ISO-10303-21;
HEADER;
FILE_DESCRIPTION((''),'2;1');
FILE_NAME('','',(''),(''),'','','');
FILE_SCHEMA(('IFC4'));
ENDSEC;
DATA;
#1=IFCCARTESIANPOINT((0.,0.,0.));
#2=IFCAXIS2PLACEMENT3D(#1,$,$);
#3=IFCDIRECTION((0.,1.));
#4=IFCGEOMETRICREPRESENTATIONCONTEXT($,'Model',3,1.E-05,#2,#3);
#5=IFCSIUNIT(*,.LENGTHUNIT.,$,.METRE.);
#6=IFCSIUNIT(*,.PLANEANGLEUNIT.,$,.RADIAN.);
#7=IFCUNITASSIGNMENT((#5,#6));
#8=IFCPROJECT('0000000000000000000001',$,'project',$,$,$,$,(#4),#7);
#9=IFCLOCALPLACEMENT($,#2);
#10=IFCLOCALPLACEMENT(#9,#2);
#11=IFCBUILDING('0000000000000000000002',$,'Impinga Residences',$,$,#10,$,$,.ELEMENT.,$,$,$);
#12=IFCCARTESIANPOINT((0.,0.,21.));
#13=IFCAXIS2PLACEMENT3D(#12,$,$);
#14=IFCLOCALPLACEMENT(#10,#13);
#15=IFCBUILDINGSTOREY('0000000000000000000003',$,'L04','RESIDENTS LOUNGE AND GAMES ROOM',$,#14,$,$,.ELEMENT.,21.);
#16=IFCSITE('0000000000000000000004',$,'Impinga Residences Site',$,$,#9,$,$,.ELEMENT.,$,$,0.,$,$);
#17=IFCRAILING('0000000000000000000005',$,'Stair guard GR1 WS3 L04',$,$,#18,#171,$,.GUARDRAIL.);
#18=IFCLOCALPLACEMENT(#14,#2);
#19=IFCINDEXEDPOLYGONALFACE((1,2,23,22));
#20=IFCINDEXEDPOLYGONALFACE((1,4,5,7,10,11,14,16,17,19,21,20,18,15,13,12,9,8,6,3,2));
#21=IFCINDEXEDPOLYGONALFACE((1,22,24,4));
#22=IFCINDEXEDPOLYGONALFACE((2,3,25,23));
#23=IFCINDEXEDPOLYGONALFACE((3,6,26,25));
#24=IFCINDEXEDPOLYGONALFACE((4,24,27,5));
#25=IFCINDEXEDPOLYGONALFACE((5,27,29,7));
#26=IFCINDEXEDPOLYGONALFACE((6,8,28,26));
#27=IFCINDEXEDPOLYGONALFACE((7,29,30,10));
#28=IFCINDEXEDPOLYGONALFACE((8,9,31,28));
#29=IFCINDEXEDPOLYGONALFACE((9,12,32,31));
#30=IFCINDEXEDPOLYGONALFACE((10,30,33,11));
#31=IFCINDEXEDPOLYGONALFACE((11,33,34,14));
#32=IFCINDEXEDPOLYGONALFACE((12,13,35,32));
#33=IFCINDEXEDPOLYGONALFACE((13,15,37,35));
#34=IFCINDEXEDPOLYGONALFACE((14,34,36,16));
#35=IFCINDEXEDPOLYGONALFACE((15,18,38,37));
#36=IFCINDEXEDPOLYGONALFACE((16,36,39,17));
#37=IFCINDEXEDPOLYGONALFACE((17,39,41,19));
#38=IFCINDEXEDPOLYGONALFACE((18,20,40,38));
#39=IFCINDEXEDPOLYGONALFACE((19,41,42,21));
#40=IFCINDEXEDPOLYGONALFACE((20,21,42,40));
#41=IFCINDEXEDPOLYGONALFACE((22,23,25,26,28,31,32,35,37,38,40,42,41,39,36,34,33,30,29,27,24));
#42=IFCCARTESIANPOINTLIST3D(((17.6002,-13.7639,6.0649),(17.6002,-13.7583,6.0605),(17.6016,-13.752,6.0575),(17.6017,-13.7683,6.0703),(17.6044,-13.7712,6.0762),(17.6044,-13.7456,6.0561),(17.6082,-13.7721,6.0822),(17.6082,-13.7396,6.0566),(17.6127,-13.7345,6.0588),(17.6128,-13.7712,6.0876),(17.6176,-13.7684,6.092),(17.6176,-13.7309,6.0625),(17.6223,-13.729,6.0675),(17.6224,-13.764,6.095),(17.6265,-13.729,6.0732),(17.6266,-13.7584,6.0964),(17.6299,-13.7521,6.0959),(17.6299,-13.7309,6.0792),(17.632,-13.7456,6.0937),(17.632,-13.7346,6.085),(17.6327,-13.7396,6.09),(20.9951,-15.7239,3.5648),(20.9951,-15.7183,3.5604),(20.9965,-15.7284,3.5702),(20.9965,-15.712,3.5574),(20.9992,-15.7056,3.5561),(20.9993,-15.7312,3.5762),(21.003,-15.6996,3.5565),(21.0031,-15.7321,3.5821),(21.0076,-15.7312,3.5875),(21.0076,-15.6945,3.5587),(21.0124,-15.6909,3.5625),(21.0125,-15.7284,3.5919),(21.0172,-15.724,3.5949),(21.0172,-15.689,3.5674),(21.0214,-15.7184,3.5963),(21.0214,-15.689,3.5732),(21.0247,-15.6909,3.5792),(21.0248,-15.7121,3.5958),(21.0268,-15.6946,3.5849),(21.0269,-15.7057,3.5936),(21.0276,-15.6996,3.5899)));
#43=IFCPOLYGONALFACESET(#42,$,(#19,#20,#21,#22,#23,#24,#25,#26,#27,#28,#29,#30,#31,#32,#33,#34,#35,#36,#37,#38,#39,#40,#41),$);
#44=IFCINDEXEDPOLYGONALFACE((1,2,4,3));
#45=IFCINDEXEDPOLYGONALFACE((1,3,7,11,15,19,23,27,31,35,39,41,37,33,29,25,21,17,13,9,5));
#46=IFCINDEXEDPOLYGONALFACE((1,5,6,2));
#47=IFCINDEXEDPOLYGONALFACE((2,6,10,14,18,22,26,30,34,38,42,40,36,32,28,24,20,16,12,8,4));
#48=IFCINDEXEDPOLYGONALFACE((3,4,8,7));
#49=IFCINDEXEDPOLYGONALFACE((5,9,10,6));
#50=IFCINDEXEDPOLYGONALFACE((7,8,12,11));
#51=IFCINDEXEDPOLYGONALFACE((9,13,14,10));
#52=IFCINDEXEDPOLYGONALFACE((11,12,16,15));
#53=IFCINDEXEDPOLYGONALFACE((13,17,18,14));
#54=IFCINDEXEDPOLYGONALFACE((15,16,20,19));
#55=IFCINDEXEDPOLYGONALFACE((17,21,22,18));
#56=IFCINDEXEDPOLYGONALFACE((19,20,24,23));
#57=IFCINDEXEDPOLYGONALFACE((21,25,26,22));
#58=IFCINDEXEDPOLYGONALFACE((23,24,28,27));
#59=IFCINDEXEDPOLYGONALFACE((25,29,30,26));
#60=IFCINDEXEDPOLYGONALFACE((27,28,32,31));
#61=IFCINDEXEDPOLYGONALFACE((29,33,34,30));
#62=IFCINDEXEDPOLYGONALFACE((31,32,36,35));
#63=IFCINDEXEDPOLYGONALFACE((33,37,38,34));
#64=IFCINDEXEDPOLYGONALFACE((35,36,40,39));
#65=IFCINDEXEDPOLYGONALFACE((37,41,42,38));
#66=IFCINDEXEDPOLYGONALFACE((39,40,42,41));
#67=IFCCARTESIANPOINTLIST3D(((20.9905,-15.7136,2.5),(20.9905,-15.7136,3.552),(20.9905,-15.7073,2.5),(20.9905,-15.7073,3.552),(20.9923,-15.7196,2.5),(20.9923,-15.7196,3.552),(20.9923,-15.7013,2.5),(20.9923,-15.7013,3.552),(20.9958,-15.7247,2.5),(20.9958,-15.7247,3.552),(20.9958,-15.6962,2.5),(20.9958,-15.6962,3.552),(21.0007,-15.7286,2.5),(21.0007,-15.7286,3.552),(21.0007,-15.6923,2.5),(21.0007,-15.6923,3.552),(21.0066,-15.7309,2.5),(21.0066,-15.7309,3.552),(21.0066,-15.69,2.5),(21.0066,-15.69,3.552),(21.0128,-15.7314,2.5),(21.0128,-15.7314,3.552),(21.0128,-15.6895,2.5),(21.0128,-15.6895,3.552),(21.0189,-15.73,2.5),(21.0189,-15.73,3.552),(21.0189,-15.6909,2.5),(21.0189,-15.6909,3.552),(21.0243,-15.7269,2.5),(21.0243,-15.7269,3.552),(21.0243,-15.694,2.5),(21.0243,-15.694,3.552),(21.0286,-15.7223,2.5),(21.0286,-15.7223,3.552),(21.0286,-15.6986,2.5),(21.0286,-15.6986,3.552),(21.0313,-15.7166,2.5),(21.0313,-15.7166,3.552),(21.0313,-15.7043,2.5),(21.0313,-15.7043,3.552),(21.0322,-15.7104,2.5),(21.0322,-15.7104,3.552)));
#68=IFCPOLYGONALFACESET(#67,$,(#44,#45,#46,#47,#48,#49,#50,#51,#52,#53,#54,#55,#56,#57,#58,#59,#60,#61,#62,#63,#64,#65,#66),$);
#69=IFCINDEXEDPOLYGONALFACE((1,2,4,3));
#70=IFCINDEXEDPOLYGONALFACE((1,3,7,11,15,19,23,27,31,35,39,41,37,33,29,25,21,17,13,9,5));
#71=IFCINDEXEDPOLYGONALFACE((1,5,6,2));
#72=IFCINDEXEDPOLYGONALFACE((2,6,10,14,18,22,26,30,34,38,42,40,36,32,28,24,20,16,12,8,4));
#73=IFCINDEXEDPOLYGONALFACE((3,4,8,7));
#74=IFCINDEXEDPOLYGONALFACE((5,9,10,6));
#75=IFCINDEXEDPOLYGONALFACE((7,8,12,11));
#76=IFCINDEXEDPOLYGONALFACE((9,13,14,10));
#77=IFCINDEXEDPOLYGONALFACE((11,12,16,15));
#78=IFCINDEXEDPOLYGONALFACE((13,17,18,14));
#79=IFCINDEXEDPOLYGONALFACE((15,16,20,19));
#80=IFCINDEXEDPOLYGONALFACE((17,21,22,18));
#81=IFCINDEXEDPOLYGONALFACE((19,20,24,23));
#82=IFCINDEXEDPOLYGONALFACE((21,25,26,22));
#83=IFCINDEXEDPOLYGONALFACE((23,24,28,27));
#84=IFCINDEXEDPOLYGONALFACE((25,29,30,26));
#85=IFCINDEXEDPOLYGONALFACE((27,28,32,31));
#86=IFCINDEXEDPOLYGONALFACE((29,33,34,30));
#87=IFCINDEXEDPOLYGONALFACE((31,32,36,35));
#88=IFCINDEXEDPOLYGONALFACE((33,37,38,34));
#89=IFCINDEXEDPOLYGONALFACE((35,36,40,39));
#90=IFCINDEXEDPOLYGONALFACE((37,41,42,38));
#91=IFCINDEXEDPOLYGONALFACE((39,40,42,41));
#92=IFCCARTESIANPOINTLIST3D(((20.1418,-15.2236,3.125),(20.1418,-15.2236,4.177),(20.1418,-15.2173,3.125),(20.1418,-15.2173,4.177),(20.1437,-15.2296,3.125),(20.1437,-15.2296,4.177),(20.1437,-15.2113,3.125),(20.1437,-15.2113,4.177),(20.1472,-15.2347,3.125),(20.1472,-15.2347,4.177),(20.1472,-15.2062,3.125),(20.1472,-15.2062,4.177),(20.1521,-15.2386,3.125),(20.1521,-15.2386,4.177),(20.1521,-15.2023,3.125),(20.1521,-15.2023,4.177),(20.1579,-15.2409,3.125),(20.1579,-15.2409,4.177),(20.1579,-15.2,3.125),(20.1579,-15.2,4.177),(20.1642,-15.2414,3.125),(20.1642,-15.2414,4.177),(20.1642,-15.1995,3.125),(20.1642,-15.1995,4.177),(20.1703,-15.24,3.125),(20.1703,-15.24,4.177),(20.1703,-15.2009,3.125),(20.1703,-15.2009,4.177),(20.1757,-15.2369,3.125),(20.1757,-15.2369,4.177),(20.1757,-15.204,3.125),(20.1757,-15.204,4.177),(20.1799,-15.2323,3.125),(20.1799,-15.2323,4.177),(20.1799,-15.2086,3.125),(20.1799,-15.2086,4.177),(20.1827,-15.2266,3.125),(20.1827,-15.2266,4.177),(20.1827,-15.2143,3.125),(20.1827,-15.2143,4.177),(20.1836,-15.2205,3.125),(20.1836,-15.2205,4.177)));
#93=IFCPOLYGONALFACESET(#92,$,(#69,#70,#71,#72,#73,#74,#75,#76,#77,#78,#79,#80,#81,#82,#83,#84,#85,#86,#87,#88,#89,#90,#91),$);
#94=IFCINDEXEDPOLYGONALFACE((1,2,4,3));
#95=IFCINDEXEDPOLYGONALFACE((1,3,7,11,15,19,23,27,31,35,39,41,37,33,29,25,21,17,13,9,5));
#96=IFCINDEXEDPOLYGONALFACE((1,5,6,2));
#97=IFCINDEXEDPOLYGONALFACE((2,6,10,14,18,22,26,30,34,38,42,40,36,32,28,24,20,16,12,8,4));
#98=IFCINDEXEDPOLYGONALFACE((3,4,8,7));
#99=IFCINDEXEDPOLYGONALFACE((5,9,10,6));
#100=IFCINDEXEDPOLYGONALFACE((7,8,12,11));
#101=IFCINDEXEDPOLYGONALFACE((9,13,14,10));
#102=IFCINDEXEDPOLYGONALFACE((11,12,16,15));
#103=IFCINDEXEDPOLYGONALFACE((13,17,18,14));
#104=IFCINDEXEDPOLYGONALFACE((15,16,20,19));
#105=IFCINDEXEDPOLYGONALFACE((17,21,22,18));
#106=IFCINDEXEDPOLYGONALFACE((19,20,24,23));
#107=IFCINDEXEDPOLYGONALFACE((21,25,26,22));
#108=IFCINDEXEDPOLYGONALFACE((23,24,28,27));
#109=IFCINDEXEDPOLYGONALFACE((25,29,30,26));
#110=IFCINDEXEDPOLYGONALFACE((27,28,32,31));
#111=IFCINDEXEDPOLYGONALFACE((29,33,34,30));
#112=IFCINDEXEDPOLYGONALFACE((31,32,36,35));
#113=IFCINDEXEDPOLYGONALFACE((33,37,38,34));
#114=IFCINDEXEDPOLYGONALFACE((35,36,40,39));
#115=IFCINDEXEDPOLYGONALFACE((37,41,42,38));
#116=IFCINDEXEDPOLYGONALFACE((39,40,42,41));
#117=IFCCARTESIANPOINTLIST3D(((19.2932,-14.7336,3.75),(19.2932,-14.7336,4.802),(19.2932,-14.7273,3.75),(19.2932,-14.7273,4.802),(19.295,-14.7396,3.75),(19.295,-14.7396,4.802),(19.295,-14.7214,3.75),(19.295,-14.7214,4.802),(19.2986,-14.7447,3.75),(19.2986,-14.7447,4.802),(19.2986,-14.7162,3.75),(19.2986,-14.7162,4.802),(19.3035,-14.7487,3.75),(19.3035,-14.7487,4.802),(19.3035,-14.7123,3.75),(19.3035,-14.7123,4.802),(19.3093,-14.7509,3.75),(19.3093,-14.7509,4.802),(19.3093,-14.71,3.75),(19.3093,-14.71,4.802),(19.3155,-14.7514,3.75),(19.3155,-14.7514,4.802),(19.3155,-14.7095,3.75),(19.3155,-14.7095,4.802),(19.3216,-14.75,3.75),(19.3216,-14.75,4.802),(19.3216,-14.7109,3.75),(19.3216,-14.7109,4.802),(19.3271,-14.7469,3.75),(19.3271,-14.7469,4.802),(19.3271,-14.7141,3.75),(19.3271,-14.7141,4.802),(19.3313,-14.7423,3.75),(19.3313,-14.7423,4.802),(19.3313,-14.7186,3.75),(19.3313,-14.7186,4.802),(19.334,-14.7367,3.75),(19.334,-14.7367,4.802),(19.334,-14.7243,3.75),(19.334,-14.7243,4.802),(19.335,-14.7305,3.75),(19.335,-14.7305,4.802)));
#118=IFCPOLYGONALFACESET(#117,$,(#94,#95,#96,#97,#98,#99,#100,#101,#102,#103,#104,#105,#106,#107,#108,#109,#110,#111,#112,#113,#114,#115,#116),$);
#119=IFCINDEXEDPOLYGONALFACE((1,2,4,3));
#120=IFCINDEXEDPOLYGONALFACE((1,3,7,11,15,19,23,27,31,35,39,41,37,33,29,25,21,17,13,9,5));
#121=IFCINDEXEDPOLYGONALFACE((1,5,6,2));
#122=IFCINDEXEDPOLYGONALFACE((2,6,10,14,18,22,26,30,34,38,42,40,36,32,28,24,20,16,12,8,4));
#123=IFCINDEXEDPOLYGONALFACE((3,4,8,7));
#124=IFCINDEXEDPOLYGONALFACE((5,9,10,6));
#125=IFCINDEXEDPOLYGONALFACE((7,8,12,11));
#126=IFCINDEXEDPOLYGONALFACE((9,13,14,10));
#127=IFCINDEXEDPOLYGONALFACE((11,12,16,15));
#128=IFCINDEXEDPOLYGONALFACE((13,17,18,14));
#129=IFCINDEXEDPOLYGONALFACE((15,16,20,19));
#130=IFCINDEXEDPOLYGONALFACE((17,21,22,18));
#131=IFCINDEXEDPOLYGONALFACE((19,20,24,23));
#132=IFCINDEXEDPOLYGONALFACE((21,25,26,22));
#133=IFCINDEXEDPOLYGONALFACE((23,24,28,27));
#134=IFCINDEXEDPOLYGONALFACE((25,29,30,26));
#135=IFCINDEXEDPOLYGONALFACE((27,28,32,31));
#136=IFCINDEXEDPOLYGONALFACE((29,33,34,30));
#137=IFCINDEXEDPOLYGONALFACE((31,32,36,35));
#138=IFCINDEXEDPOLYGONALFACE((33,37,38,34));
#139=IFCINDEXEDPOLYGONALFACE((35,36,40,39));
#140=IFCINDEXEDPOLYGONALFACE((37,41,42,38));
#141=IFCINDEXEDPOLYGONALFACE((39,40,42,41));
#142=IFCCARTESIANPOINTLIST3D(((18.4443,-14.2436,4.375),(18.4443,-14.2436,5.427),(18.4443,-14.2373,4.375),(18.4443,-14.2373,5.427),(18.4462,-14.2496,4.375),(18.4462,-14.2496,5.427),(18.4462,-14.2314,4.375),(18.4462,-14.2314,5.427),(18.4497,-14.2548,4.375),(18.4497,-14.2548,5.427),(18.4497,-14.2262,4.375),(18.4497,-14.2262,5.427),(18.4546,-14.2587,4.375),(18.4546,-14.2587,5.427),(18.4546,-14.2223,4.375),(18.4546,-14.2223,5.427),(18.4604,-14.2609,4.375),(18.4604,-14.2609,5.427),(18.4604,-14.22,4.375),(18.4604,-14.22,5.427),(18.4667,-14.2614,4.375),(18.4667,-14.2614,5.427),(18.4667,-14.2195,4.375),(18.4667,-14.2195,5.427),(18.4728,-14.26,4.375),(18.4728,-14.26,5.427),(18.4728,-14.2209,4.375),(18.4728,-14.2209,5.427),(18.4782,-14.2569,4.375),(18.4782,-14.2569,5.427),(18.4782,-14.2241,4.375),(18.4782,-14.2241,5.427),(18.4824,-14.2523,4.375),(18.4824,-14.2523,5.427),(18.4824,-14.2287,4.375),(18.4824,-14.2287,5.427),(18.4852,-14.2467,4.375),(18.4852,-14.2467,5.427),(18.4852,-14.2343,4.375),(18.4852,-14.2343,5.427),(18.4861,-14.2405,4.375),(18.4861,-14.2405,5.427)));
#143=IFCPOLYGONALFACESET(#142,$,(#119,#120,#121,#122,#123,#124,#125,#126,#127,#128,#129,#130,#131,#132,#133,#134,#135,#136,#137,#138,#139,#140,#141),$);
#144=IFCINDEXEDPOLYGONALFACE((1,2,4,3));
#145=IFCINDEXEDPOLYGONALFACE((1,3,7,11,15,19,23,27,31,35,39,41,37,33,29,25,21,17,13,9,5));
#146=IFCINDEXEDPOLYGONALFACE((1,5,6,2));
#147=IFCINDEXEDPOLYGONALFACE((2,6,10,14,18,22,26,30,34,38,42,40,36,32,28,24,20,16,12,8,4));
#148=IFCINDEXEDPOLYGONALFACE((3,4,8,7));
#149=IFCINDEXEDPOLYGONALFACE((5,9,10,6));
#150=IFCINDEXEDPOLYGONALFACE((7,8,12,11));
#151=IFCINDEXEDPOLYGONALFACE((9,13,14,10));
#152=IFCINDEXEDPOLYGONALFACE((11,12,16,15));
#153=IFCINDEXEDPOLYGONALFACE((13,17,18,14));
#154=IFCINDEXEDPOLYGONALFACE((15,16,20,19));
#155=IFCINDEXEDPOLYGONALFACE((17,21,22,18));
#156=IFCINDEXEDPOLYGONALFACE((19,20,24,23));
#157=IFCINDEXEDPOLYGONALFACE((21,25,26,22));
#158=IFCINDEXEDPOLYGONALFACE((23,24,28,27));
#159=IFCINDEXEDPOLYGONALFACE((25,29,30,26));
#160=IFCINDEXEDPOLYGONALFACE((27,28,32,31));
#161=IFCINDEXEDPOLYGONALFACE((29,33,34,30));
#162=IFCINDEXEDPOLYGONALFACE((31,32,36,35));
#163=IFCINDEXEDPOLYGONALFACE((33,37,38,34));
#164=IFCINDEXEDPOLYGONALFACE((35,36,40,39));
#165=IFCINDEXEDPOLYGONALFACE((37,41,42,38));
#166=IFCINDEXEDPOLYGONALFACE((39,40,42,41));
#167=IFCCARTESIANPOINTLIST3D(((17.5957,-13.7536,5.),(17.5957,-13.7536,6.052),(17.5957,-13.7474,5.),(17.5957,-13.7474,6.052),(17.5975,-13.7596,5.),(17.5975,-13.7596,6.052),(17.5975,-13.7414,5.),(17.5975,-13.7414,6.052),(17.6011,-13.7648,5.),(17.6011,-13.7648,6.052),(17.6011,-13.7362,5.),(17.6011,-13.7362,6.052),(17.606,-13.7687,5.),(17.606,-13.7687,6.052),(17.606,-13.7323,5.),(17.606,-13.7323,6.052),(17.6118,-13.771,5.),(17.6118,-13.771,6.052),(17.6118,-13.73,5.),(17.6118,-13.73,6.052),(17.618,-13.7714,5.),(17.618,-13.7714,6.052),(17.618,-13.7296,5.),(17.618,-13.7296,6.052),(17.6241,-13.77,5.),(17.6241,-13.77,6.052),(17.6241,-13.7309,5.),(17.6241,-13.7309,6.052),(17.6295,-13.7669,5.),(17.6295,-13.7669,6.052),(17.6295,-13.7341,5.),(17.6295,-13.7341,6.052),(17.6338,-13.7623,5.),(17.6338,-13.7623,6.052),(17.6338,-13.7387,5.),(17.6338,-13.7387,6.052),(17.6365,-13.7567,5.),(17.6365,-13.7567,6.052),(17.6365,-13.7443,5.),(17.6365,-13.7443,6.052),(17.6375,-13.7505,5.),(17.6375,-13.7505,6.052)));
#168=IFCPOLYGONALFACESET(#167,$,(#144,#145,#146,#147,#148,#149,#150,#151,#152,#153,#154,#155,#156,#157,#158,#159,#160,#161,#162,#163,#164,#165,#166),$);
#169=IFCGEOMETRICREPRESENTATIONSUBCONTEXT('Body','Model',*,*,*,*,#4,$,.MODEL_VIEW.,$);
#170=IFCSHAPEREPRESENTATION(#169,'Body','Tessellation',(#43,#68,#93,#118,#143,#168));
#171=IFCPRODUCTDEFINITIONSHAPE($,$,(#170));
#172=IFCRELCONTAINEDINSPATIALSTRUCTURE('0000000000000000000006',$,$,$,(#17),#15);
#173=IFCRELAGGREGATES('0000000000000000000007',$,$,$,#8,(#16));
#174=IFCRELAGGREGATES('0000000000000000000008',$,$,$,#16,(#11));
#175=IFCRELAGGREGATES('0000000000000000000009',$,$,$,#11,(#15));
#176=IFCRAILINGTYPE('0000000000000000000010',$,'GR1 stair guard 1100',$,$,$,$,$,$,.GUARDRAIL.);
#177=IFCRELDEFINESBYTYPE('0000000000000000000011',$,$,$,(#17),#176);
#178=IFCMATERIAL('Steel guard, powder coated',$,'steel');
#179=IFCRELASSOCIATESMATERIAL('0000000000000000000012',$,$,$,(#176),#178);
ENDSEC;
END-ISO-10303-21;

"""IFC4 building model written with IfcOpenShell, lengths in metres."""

from ifc_helpers import new_model, si_unit, direction, frame, origin, origin_2d, place, context, subcontext, project, spatial, circle, extrude, material, type_object, element, save


model = new_model("IFC4")

# Units and contexts
model_context = context("Model", 3, precision=1e-05, world=origin(), true_north=direction((0.0, 1.0)))
body_context = subcontext(model_context, "Body", "Model", "MODEL_VIEW")
ifc_project = project(units=[si_unit("LENGTHUNIT", "METRE"), si_unit("PLANEANGLEUNIT", "RADIAN")], contexts=[model_context])

# Site, building, storey
site_placement = place(None, origin())
site = spatial("IfcSite", under=ifc_project, at=site_placement, Name="Impinga Residences Site", CompositionType="ELEMENT", RefElevation=0.0)
building_placement = place(site_placement, origin())
building = spatial("IfcBuilding", under=site, at=building_placement, Name="Impinga Residences", CompositionType="ELEMENT")
storey_placement = place(building_placement, frame((0.0, 0.0, 21.0)))
storey = spatial("IfcBuildingStorey", under=building, at=storey_placement, Name="L04", Description="RESIDENTS LOUNGE AND GAMES ROOM", CompositionType="ELEMENT", Elevation=21.0)

# Railing
ifc_material_1 = material(Name="Steel guard, powder coated", Category="steel")
railing_type_1 = type_object("IfcRailingType", Name="GR1 stair guard 1100", PredefinedType="GUARDRAIL", material=ifc_material_1)
railing_1_placement = place(storey_placement, frame((21.0112, -15.7104, 2.5)))
element("IfcRailing", 1, at=railing_1_placement, inside=storey, type_object=railing_type_1, Name="Stair guard GR1 WS3 L04", PredefinedType="GUARDRAIL", context=body_context, shape_type="SweptSolid", body=[
    extrude(circle(Radius=0.0239, at=origin_2d()), frame((0.0, 0.0, 1.0762), z_axis=(-0.73017, 0.421561, 0.537716), x_axis=(-0.499997, -0.866027, 0.0)), (0.0, 0.0, 1.0), 4.6494),
    extrude(circle(Radius=0.021, at=origin_2d()), origin(), (0.0, 0.0, 1.0), 1.052),
    extrude(circle(Radius=0.021, at=origin_2d()), frame((-0.8486, 0.49, 0.625)), (0.0, 0.0, 1.0), 1.052),
    extrude(circle(Radius=0.021, at=origin_2d()), frame((-1.6973, 0.98, 1.25)), (0.0, 0.0, 1.0), 1.052),
    extrude(circle(Radius=0.021, at=origin_2d()), frame((-2.5461, 1.47, 1.875)), (0.0, 0.0, 1.0), 1.052),
    extrude(circle(Radius=0.021, at=origin_2d()), frame((-3.3948, 1.96, 2.5)), (0.0, 0.0, 1.0), 1.052),
])

save(model, "model.ifc")
